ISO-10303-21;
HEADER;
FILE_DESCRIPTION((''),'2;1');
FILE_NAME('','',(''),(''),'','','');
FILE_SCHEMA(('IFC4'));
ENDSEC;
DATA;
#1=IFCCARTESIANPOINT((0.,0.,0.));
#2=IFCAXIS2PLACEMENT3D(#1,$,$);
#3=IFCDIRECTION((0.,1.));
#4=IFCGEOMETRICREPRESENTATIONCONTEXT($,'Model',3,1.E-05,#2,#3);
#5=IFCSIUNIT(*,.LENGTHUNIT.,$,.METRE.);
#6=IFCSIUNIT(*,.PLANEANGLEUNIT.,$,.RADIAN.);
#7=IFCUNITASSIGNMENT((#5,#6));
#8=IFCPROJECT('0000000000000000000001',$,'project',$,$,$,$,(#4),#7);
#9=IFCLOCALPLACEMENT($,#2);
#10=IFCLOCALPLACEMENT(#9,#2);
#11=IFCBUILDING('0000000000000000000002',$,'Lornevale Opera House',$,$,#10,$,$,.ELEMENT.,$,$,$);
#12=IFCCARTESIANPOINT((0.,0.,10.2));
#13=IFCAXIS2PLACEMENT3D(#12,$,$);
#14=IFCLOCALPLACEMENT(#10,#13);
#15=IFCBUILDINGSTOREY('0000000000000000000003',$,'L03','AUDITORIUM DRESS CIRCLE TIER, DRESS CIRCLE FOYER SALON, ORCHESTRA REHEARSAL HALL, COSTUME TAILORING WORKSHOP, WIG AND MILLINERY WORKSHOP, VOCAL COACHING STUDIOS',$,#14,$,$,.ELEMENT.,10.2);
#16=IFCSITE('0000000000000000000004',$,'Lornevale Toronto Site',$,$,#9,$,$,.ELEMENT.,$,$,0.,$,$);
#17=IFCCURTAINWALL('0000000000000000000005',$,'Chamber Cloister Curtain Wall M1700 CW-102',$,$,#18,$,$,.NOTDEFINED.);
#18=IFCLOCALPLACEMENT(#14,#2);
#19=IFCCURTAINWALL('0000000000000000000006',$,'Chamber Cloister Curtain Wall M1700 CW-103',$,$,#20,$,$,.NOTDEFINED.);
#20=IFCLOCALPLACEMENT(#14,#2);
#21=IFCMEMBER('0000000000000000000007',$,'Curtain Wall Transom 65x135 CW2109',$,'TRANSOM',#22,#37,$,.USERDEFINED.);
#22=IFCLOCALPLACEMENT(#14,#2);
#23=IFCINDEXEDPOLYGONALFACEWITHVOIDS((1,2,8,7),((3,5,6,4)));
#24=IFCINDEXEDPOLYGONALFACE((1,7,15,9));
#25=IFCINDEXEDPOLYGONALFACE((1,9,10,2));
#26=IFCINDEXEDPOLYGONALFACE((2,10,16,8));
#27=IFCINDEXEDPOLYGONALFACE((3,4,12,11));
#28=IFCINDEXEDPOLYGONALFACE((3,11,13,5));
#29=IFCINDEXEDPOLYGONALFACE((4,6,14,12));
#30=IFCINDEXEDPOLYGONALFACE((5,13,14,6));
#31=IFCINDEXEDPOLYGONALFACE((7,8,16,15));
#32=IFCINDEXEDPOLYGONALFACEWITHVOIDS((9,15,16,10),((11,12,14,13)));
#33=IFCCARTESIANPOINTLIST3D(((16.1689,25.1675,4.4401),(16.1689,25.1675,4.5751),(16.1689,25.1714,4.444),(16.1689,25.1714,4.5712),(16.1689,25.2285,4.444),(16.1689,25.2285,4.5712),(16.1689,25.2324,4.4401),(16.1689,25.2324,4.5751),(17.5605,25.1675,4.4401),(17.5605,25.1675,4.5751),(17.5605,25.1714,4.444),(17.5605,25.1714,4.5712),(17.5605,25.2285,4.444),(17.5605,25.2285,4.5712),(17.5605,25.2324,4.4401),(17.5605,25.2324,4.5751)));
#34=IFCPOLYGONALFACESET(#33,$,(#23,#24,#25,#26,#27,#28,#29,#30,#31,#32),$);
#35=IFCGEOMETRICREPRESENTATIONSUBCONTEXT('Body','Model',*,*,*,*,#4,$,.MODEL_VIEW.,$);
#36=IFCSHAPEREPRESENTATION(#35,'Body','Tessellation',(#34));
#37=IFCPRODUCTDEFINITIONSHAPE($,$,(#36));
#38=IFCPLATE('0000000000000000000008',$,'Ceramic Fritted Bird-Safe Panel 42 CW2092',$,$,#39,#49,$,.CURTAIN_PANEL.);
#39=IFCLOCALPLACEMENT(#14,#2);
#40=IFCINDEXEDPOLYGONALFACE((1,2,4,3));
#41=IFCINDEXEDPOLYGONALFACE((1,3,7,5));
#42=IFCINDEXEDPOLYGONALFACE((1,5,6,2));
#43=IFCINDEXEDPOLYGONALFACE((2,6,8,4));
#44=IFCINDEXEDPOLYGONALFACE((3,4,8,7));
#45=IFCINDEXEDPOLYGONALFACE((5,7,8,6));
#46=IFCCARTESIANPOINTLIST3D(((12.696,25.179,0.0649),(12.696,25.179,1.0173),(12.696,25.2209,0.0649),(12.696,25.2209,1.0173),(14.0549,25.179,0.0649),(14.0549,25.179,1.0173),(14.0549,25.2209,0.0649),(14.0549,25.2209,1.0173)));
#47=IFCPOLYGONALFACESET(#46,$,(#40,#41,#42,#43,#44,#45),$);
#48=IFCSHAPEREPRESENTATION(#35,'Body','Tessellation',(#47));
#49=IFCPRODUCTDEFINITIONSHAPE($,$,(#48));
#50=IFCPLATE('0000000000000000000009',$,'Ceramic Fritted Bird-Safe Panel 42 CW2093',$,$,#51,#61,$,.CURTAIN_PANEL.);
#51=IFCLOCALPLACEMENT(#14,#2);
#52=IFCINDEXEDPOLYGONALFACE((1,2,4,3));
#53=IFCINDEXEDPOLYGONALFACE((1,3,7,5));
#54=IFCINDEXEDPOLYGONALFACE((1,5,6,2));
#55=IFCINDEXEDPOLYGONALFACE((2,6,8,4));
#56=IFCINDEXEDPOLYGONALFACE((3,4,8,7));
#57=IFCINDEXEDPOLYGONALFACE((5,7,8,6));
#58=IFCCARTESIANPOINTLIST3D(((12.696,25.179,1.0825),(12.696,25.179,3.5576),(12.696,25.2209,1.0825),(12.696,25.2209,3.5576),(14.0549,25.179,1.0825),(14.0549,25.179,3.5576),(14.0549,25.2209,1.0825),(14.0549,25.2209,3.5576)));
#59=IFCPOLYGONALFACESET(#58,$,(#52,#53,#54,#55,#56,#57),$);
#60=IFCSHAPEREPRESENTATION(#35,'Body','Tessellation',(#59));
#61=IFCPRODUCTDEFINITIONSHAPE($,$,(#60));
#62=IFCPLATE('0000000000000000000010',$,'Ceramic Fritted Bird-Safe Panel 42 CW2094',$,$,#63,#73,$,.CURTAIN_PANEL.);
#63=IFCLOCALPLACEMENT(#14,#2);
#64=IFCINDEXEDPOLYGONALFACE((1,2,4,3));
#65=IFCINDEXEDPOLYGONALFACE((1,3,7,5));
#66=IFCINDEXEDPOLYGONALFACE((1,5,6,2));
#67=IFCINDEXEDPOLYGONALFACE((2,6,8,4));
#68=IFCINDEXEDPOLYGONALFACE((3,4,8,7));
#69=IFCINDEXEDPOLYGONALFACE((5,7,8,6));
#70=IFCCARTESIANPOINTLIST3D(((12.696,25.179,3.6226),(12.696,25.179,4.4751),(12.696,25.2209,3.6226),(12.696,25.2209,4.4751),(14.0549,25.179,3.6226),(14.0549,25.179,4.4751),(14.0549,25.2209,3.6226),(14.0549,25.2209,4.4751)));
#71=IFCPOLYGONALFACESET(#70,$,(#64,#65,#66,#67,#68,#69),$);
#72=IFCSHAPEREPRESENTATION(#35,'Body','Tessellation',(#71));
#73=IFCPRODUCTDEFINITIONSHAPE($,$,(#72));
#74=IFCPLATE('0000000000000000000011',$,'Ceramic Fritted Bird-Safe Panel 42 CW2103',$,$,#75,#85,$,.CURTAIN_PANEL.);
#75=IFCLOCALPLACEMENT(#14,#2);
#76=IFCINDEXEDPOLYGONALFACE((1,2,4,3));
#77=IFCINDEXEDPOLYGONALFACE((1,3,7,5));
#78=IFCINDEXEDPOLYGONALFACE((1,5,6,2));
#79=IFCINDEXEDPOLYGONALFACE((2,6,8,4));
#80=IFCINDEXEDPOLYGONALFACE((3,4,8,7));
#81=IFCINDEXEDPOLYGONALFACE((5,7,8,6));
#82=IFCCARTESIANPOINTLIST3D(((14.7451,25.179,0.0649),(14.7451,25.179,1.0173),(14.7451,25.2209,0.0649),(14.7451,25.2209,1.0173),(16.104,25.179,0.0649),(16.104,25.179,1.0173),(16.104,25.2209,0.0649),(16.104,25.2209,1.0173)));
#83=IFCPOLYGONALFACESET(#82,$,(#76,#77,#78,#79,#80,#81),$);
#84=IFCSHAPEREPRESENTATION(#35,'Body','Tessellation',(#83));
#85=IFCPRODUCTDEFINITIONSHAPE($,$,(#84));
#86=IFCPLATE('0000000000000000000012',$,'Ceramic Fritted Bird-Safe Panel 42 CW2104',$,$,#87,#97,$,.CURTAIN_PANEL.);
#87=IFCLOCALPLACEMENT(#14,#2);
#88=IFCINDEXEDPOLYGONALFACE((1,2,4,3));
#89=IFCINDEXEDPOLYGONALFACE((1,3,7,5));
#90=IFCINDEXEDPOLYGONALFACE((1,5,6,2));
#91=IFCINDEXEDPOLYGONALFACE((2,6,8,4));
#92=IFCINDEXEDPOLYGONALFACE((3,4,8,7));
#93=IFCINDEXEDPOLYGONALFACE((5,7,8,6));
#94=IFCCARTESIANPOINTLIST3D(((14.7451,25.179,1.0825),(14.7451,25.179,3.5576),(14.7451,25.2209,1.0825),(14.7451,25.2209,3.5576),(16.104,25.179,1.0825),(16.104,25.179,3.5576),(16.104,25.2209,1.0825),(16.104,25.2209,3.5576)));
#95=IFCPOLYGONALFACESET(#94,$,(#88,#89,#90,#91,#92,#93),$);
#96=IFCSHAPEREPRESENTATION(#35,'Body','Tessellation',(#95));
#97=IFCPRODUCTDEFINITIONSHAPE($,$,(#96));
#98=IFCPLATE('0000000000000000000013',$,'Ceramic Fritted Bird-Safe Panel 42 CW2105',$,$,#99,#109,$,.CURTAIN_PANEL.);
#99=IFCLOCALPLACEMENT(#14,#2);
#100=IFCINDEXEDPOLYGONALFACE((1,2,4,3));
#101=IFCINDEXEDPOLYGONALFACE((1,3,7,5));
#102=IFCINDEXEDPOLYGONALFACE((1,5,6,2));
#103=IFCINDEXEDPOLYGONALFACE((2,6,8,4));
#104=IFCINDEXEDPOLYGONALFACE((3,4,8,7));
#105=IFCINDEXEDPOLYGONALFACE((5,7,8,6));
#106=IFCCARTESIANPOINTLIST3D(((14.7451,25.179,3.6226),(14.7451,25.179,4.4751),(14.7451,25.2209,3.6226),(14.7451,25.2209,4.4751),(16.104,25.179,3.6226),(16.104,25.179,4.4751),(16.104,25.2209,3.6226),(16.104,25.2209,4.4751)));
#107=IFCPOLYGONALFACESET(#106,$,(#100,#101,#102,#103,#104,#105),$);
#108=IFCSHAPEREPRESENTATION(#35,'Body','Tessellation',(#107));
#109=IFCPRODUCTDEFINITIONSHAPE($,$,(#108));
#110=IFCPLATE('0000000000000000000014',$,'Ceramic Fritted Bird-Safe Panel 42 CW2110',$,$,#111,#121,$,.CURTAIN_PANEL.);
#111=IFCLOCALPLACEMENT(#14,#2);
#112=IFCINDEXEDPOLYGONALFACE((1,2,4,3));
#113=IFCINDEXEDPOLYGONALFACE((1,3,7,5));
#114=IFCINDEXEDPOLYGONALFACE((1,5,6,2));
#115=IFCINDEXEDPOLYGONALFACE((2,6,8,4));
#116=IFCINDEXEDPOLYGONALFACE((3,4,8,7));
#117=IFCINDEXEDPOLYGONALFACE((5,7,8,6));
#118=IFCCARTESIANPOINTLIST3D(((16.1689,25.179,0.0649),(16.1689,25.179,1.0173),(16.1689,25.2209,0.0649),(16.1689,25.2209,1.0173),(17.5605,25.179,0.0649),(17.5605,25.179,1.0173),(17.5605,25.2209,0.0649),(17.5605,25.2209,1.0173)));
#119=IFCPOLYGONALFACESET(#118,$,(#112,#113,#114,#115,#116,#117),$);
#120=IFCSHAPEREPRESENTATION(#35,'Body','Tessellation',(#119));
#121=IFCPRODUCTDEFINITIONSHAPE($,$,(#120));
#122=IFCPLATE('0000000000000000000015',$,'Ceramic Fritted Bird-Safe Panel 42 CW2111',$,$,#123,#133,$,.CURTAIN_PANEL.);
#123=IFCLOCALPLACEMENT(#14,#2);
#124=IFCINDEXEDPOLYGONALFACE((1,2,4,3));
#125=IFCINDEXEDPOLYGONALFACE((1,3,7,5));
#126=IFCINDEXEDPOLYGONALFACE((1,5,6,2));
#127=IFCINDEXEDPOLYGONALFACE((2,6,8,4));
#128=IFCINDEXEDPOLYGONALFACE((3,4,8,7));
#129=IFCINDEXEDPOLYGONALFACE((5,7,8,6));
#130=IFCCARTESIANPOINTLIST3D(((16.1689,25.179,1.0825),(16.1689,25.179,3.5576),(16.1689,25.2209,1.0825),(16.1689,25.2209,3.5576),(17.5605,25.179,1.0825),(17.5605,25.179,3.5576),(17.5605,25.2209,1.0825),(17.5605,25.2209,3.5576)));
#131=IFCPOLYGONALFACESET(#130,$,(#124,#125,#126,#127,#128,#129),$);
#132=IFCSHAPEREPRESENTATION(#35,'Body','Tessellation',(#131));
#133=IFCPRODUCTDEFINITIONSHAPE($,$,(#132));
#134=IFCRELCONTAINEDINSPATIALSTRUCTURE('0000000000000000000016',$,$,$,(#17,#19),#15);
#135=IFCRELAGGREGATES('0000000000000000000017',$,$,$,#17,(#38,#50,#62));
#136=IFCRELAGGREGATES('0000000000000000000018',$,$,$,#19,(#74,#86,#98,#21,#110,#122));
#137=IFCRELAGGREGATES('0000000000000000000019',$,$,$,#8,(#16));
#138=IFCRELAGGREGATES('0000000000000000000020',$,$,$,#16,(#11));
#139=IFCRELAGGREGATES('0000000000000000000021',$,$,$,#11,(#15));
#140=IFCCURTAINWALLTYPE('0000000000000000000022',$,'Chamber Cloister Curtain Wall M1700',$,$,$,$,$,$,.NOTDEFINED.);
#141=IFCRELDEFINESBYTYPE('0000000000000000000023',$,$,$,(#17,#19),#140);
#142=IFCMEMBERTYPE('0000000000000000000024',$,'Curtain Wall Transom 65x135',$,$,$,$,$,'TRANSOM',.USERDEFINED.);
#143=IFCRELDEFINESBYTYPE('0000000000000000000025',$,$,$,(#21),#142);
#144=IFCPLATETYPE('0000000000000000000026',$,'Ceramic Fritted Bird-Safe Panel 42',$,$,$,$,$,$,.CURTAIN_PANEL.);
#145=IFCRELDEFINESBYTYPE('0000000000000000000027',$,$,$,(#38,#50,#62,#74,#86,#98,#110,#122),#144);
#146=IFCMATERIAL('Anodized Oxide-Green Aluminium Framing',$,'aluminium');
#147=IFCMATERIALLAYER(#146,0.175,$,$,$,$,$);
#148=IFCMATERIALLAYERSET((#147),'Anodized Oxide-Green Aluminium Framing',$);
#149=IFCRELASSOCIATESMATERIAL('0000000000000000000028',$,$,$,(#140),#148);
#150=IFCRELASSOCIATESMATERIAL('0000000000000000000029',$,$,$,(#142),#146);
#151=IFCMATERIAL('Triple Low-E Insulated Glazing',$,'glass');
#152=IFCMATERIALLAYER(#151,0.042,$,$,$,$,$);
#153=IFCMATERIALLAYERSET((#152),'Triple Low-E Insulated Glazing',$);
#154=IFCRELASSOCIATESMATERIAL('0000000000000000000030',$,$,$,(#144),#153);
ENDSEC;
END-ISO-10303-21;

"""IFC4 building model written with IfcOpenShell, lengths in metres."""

from ifc_helpers import new_model, si_unit, direction, frame, origin, origin_2d, place, context, subcontext, project, spatial, rectangle, hollow_rectangle, extrude, material, layer, layer_set, material_profile, profile_set, type_object, element, aggregate, save


model = new_model("IFC4")

# Units and contexts
model_context = context("Model", 3, precision=1e-05, world=origin(), true_north=direction((0.0, 1.0)))
body_context = subcontext(model_context, "Body", "Model", "MODEL_VIEW")
ifc_project = project(units=[si_unit("LENGTHUNIT", "METRE"), si_unit("PLANEANGLEUNIT", "RADIAN")], contexts=[model_context])

# Site, building, storey
site_placement = place(None, origin())
site = spatial("IfcSite", under=ifc_project, at=site_placement, Name="Lornevale Toronto Site", CompositionType="ELEMENT", RefElevation=0.0)
building_placement = place(site_placement, origin())
building = spatial("IfcBuilding", under=site, at=building_placement, Name="Lornevale Opera House", CompositionType="ELEMENT")
storey_placement = place(building_placement, frame((0.0, 0.0, 10.2)))
storey = spatial("IfcBuildingStorey", under=building, at=storey_placement, Name="L03", Description="AUDITORIUM DRESS CIRCLE TIER, DRESS CIRCLE FOYER SALON, ORCHESTRA REHEARSAL HALL, COSTUME TAILORING WORKSHOP, WIG AND MILLINERY WORKSHOP, VOCAL COACHING STUDIOS", CompositionType="ELEMENT", Elevation=10.2)

# Curtain wall
ifc_material_1 = material(Name="Anodized Oxide-Green Aluminium Framing", Category="aluminium")
ifc_layer_1 = layer(ifc_material_1, 0.175)
ifc_layer_set_1 = layer_set([ifc_layer_1], Name="Anodized Oxide-Green Aluminium Framing")
curtain_wall_type = type_object("IfcCurtainWallType", Name="Chamber Cloister Curtain Wall M1700", PredefinedType="NOTDEFINED", material=ifc_layer_set_1)
curtain_wall_1_placement = place(storey_placement, origin())
curtain_wall_1 = element("IfcCurtainWall", 1, at=curtain_wall_1_placement, inside=storey, type_object=curtain_wall_type, Name="Chamber Cloister Curtain Wall M1700 CW-102", PredefinedType="NOTDEFINED")

# Curtain wall
curtain_wall_2_placement = place(storey_placement, origin())
curtain_wall_2 = element("IfcCurtainWall", 2, at=curtain_wall_2_placement, inside=storey, type_object=curtain_wall_type, Name="Chamber Cloister Curtain Wall M1700 CW-103", PredefinedType="NOTDEFINED")

# Member
ifc_material_profile_1 = material_profile(ifc_material_1, hollow_rectangle(XDim=0.0649, YDim=0.135, WallThickness=0.0039, at=origin_2d()), Name="ALU65x135x4")
ifc_profile_set_1 = profile_set([ifc_material_profile_1], Name="Anodized Oxide-Green Aluminium Framing")
member_type_1 = type_object("IfcMemberType", Name="Curtain Wall Transom 65x135", ElementType="TRANSOM", PredefinedType="USERDEFINED", material=ifc_profile_set_1)
member_1_placement = place(storey_placement, frame((16.1689, 25.2, 4.5076), z_axis=(1.0, 0.0, 0.0), x_axis=(0.0, 1.0, 0.0)))
member_1 = element("IfcMember", 3, at=member_1_placement, type_object=member_type_1, Name="Curtain Wall Transom 65x135 CW2109", ObjectType="TRANSOM", PredefinedType="USERDEFINED", context=body_context, shape_type="SweptSolid", body=[
    extrude(hollow_rectangle(XDim=0.0649, YDim=0.135, WallThickness=0.0039, at=origin_2d()), origin(), (0.0, 0.0, 1.0), 1.3916),
])

# Plates
ifc_material_2 = material(Name="Triple Low-E Insulated Glazing", Category="glass")
ifc_layer_2 = layer(ifc_material_2, 0.042)
ifc_layer_set_2 = layer_set([ifc_layer_2], Name="Triple Low-E Insulated Glazing")
plate_type = type_object("IfcPlateType", Name="Ceramic Fritted Bird-Safe Panel 42", PredefinedType="CURTAIN_PANEL", material=ifc_layer_set_2)
plate_1_placement = place(storey_placement, frame((13.3755, 25.2, 0.0649), z_axis=(0.0, 0.0, 1.0), x_axis=(1.0, 0.0, 0.0)))
plate_1 = element("IfcPlate", 4, at=plate_1_placement, type_object=plate_type, Name="Ceramic Fritted Bird-Safe Panel 42 CW2092", PredefinedType="CURTAIN_PANEL", context=body_context, shape_type="SweptSolid", body=[
    extrude(rectangle(XDim=1.3589, YDim=0.042, at=origin_2d()), origin(), (0.0, 0.0, 1.0), 0.9524),
])
plate_2_placement = place(storey_placement, frame((13.3755, 25.2, 1.0825), z_axis=(0.0, 0.0, 1.0), x_axis=(1.0, 0.0, 0.0)))
plate_2 = element("IfcPlate", 5, at=plate_2_placement, type_object=plate_type, Name="Ceramic Fritted Bird-Safe Panel 42 CW2093", PredefinedType="CURTAIN_PANEL", context=body_context, shape_type="SweptSolid", body=[
    extrude(rectangle(XDim=1.3589, YDim=0.042, at=origin_2d()), origin(), (0.0, 0.0, 1.0), 2.4751),
])
plate_3_placement = place(storey_placement, frame((13.3755, 25.2, 3.6226), z_axis=(0.0, 0.0, 1.0), x_axis=(1.0, 0.0, 0.0)))
plate_3 = element("IfcPlate", 6, at=plate_3_placement, type_object=plate_type, Name="Ceramic Fritted Bird-Safe Panel 42 CW2094", PredefinedType="CURTAIN_PANEL", context=body_context, shape_type="SweptSolid", body=[
    extrude(rectangle(XDim=1.3589, YDim=0.042, at=origin_2d()), origin(), (0.0, 0.0, 1.0), 0.8525),
])
aggregate(curtain_wall_1, [plate_1, plate_2, plate_3])
plate_4_placement = place(storey_placement, frame((15.4246, 25.2, 0.0649), z_axis=(0.0, 0.0, 1.0), x_axis=(1.0, 0.0, 0.0)))
plate_4 = element("IfcPlate", 7, at=plate_4_placement, type_object=plate_type, Name="Ceramic Fritted Bird-Safe Panel 42 CW2103", PredefinedType="CURTAIN_PANEL", context=body_context, shape_type="SweptSolid", body=[
    extrude(rectangle(XDim=1.3589, YDim=0.042, at=origin_2d()), origin(), (0.0, 0.0, 1.0), 0.9524),
])
plate_5_placement = place(storey_placement, frame((15.4246, 25.2, 1.0825), z_axis=(0.0, 0.0, 1.0), x_axis=(1.0, 0.0, 0.0)))
plate_5 = element("IfcPlate", 8, at=plate_5_placement, type_object=plate_type, Name="Ceramic Fritted Bird-Safe Panel 42 CW2104", PredefinedType="CURTAIN_PANEL", context=body_context, shape_type="SweptSolid", body=[
    extrude(rectangle(XDim=1.3589, YDim=0.042, at=origin_2d()), origin(), (0.0, 0.0, 1.0), 2.4751),
])
plate_6_placement = place(storey_placement, frame((15.4246, 25.2, 3.6226), z_axis=(0.0, 0.0, 1.0), x_axis=(1.0, 0.0, 0.0)))
plate_6 = element("IfcPlate", 9, at=plate_6_placement, type_object=plate_type, Name="Ceramic Fritted Bird-Safe Panel 42 CW2105", PredefinedType="CURTAIN_PANEL", context=body_context, shape_type="SweptSolid", body=[
    extrude(rectangle(XDim=1.3589, YDim=0.042, at=origin_2d()), origin(), (0.0, 0.0, 1.0), 0.8525),
])
plate_7_placement = place(storey_placement, frame((16.8647, 25.2, 0.0649), z_axis=(0.0, 0.0, 1.0), x_axis=(1.0, 0.0, 0.0)))
plate_7 = element("IfcPlate", 10, at=plate_7_placement, type_object=plate_type, Name="Ceramic Fritted Bird-Safe Panel 42 CW2110", PredefinedType="CURTAIN_PANEL", context=body_context, shape_type="SweptSolid", body=[
    extrude(rectangle(XDim=1.3916, YDim=0.042, at=origin_2d()), origin(), (0.0, 0.0, 1.0), 0.9524),
])
plate_8_placement = place(storey_placement, frame((16.8647, 25.2, 1.0825), z_axis=(0.0, 0.0, 1.0), x_axis=(1.0, 0.0, 0.0)))
plate_8 = element("IfcPlate", 11, at=plate_8_placement, type_object=plate_type, Name="Ceramic Fritted Bird-Safe Panel 42 CW2111", PredefinedType="CURTAIN_PANEL", context=body_context, shape_type="SweptSolid", body=[
    extrude(rectangle(XDim=1.3916, YDim=0.042, at=origin_2d()), origin(), (0.0, 0.0, 1.0), 2.4751),
])
aggregate(curtain_wall_2, [plate_4, plate_5, plate_6, member_1, plate_7, plate_8])

save(model, "model.ifc")
